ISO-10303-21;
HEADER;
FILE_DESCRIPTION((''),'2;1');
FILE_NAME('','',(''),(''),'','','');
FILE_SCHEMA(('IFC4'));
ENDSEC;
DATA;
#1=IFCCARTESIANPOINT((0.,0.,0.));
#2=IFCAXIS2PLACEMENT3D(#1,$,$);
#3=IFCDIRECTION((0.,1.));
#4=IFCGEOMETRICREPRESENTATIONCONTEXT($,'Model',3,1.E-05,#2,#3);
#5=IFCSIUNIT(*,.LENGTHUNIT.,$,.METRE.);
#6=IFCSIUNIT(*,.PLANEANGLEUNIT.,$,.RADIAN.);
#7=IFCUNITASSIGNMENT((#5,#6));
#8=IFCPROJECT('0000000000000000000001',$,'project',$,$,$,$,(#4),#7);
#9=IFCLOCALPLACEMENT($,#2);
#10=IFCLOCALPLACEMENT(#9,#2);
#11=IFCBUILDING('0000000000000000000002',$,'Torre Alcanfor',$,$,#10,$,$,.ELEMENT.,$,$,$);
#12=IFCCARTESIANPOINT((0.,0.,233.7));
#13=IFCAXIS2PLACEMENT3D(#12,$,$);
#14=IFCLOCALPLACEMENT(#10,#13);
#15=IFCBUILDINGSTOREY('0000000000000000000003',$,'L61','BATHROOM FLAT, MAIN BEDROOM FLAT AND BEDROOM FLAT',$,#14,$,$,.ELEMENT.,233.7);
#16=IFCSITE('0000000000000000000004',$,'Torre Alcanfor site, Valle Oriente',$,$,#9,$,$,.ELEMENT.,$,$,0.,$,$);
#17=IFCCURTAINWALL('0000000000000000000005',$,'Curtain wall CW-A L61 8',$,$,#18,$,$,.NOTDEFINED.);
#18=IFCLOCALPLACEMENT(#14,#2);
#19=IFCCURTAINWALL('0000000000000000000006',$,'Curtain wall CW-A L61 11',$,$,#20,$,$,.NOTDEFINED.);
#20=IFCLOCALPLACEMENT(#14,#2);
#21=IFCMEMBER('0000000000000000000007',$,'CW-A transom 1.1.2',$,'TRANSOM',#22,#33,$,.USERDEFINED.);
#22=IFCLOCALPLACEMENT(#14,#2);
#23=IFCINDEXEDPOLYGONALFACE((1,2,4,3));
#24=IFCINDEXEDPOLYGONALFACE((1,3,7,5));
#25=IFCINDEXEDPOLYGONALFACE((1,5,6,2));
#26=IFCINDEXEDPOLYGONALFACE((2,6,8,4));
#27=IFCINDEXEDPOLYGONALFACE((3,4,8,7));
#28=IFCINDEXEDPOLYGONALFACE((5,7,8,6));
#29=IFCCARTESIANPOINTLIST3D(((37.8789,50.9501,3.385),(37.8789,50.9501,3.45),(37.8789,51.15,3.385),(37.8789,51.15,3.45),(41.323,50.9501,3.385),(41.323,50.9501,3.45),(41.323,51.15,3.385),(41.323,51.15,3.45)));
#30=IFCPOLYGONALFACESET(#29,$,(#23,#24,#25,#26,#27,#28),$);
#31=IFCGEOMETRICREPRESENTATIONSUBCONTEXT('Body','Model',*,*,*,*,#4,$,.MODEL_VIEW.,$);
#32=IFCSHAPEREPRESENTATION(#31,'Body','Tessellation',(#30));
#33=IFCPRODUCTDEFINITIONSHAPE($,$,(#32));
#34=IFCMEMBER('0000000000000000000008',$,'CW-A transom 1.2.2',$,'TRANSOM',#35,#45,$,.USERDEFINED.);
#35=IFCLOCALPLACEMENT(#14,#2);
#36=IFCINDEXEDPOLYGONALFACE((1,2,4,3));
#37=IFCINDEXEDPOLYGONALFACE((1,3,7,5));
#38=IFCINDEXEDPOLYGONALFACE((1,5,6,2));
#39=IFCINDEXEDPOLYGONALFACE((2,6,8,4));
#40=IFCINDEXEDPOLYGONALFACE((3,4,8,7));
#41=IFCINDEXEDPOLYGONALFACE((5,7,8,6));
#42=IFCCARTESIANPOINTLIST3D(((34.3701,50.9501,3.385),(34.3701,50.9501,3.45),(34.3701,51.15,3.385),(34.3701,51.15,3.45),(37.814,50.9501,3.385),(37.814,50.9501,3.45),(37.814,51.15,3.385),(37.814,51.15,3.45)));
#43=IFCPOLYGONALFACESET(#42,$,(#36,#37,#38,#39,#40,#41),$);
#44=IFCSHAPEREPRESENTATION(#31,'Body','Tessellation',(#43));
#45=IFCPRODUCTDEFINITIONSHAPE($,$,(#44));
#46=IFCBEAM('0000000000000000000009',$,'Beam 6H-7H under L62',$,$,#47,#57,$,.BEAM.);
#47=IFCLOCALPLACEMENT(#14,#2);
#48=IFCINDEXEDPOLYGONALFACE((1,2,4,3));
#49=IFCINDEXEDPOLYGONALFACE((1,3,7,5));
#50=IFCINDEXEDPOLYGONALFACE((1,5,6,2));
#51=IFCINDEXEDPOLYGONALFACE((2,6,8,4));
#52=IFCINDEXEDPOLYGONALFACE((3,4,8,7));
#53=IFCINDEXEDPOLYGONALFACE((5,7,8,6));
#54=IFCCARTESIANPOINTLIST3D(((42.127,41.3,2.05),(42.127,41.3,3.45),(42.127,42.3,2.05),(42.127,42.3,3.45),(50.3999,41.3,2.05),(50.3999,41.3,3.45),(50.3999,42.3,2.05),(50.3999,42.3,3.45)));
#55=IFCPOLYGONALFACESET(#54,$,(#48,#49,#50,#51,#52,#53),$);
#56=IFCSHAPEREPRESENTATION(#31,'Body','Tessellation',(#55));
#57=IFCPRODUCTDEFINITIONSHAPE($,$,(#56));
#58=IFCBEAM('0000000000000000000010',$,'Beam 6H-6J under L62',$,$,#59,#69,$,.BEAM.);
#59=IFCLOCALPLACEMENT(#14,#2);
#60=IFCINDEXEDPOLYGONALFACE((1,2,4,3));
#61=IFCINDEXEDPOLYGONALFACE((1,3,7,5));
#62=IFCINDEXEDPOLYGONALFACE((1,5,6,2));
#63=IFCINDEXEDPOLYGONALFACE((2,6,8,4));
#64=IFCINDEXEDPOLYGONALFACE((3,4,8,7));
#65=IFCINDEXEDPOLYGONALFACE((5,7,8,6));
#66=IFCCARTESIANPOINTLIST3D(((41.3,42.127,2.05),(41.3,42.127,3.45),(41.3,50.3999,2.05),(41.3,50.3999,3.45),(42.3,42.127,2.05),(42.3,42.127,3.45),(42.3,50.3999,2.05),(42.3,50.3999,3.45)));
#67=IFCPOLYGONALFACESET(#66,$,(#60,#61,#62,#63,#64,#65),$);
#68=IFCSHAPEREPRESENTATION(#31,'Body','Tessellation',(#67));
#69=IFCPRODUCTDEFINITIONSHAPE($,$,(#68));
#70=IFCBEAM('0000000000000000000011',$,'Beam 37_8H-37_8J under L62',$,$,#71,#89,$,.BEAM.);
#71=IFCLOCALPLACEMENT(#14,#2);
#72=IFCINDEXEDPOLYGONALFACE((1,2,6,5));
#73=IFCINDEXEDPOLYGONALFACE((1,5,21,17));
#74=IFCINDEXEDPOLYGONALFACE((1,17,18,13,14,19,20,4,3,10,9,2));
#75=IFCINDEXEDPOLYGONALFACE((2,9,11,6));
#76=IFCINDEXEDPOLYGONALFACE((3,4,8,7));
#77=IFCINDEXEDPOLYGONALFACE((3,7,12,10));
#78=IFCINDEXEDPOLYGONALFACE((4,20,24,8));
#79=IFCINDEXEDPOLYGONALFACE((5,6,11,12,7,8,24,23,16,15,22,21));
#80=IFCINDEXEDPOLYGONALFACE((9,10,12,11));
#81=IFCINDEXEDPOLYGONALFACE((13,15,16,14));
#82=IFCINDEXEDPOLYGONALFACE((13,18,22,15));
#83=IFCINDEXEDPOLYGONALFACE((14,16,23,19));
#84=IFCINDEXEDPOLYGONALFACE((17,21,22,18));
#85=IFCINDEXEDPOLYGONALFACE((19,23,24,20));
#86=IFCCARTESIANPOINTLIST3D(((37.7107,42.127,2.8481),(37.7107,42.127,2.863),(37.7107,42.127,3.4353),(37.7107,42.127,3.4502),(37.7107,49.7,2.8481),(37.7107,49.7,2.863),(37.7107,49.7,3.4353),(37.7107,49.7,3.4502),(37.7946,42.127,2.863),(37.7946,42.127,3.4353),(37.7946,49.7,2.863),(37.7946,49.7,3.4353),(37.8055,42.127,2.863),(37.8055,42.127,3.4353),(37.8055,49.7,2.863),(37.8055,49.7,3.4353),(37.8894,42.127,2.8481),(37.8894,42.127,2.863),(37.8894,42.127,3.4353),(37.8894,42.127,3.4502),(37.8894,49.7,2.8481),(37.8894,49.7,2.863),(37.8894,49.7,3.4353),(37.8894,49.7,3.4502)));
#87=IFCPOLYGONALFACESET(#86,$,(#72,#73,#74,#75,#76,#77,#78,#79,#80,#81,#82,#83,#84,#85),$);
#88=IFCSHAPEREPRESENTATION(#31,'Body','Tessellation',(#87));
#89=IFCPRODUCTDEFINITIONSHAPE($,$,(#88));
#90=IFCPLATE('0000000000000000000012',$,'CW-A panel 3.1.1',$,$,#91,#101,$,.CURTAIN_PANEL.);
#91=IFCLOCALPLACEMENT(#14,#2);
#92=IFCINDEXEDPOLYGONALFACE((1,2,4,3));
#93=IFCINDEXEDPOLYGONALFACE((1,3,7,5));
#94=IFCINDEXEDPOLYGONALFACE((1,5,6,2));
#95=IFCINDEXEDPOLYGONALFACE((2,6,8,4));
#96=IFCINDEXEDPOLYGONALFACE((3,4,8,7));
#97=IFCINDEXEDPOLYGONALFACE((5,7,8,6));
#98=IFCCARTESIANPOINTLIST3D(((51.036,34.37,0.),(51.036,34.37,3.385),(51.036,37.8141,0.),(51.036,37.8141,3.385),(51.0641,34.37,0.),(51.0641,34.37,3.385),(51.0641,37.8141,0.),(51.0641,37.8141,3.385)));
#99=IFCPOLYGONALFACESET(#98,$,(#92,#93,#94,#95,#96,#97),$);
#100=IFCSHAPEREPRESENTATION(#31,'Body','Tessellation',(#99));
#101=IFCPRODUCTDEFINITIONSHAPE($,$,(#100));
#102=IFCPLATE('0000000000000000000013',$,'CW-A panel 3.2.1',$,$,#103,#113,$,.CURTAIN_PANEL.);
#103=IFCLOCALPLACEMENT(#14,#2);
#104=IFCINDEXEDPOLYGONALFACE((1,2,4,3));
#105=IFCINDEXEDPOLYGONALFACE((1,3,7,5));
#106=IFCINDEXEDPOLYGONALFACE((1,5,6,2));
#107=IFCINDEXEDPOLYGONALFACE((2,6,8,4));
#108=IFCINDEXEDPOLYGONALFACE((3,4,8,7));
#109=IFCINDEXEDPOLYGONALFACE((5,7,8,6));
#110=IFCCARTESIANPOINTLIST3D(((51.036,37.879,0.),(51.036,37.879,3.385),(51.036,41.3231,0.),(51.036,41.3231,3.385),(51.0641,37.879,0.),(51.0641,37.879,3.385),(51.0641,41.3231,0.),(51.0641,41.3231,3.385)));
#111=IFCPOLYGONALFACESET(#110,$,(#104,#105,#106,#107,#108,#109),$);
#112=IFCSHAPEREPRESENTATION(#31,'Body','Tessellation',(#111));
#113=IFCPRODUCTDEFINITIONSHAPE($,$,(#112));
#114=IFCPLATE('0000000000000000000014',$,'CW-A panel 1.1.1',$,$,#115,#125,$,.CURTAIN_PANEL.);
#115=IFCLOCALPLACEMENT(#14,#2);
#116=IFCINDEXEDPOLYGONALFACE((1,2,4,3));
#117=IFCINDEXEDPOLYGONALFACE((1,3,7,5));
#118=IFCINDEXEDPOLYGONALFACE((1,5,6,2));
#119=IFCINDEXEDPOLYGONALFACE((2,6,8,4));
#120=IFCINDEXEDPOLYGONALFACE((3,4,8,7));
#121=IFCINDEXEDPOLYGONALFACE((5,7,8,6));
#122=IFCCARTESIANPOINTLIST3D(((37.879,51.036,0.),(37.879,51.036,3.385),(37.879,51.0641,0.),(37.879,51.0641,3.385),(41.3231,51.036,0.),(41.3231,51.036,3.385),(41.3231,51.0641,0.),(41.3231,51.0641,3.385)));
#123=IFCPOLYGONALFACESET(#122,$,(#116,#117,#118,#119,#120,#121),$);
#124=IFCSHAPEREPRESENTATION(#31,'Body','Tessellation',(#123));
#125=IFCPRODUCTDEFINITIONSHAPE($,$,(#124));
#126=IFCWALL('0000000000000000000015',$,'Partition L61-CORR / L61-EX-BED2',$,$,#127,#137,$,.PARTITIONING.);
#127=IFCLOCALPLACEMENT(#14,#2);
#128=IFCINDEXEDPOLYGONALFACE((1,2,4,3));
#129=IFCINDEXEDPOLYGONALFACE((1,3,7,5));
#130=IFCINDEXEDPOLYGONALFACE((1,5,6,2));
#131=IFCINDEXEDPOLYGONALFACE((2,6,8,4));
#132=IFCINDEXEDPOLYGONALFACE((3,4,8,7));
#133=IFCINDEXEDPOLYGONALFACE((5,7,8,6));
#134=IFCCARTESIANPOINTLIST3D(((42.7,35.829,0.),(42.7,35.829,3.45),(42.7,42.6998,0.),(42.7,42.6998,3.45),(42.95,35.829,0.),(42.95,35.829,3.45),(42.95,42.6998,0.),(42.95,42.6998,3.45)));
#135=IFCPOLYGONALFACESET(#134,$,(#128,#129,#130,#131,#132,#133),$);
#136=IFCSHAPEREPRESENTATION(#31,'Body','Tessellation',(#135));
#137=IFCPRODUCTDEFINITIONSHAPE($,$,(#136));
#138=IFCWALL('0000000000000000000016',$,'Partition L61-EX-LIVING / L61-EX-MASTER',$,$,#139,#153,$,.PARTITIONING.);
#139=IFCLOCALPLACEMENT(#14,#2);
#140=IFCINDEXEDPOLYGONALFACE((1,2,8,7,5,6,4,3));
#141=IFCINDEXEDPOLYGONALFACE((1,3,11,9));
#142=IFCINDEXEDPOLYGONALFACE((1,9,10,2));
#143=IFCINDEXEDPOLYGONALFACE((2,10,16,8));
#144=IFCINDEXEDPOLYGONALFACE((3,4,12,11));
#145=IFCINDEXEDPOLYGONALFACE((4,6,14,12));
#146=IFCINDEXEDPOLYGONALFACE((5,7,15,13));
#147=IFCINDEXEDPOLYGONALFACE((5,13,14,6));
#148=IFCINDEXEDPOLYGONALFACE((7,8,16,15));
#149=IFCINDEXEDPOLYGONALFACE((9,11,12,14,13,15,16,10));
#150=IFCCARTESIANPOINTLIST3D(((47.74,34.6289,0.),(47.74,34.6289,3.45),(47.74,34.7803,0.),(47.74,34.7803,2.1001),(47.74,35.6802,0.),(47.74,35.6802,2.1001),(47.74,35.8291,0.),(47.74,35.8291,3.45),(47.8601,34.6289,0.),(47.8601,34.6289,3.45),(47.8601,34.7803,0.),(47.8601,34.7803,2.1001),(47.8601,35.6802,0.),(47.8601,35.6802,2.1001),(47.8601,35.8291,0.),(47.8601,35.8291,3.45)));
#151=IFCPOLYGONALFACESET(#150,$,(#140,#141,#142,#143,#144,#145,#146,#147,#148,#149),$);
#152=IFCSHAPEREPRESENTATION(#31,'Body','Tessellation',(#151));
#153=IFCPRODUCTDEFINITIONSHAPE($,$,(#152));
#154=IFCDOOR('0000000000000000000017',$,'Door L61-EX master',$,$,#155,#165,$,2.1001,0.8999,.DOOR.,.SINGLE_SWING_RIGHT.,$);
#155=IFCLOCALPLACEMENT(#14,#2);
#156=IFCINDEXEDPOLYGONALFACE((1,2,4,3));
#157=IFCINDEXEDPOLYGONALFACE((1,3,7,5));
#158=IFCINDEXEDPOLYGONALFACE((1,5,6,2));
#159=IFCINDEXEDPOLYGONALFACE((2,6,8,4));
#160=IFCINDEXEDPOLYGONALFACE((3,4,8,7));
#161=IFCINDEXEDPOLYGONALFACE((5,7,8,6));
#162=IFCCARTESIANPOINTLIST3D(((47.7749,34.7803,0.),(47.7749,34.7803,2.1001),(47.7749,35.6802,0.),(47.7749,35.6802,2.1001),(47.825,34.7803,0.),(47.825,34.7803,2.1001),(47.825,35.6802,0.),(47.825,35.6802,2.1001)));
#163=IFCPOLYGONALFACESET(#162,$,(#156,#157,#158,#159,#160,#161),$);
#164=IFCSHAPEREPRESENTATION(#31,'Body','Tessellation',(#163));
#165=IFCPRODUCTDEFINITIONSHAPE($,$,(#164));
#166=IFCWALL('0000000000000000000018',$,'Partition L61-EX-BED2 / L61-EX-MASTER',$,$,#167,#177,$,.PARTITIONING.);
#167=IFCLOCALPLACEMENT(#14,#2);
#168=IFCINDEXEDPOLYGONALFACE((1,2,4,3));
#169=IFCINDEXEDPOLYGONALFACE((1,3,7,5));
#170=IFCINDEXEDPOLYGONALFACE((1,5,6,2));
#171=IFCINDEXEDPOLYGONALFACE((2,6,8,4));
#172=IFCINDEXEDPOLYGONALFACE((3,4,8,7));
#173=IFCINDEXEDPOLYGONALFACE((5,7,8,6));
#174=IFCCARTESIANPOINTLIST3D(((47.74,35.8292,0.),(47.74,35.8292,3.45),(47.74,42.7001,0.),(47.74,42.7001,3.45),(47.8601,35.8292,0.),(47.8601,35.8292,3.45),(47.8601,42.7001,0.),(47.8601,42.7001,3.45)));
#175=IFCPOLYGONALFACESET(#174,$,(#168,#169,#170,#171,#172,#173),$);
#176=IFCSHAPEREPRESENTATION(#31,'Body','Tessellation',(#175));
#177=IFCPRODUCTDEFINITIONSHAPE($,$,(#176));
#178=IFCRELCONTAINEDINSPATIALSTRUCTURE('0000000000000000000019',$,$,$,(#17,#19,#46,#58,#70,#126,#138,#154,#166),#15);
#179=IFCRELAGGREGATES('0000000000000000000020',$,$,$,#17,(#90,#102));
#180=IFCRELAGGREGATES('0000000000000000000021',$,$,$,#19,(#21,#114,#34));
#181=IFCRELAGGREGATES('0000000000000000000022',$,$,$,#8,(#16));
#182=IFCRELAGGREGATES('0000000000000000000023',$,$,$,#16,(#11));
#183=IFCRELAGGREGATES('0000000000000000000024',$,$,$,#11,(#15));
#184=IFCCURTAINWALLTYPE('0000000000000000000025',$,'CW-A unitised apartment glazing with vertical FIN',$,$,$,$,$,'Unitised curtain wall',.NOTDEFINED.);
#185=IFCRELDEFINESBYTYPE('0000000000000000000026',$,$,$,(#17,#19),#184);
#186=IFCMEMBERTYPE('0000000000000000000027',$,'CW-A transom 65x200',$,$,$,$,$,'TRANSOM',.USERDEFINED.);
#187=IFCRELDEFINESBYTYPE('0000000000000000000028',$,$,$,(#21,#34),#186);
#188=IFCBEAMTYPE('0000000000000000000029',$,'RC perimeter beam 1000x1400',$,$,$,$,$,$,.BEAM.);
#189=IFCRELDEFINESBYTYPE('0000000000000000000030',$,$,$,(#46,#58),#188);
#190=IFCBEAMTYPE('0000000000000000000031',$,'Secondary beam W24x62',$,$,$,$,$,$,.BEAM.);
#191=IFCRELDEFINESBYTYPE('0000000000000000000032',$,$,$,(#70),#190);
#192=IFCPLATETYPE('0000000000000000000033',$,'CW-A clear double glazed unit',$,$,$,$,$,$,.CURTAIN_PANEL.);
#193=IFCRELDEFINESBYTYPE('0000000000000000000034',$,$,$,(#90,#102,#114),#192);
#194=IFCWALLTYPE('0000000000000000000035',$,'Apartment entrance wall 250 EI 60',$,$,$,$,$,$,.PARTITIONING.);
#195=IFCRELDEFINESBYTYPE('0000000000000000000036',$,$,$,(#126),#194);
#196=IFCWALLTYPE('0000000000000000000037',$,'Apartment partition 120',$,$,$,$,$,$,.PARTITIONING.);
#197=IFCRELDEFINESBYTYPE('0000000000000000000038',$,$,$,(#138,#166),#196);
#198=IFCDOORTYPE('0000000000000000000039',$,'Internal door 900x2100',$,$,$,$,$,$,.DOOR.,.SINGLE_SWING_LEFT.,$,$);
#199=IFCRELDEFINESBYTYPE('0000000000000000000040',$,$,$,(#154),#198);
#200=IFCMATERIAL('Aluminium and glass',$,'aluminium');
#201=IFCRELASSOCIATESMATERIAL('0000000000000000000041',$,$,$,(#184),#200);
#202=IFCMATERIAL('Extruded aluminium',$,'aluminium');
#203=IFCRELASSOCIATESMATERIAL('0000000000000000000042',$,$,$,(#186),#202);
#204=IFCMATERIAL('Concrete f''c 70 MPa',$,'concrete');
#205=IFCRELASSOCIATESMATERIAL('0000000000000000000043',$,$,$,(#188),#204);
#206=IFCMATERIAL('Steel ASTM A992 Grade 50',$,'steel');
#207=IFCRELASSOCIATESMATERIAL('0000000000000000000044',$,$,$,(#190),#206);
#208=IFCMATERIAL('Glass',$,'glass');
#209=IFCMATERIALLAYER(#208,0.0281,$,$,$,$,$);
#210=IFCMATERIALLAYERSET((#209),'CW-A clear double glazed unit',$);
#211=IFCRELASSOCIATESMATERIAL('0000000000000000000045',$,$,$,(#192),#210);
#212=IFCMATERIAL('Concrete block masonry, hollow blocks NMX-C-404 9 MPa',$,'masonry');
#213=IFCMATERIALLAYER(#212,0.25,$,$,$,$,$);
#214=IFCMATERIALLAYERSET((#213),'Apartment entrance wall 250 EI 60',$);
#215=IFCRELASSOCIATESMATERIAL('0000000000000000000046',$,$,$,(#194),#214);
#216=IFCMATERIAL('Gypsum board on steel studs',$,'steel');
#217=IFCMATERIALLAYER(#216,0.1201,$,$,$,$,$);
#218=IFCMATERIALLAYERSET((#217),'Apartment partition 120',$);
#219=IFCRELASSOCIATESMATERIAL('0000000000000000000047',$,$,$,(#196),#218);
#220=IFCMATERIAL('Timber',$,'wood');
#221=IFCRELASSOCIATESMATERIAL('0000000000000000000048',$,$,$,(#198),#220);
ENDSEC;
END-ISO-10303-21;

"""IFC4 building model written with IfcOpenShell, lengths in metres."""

from ifc_helpers import new_model, si_unit, direction, frame, frame_2d, origin, origin_2d, place, context, subcontext, project, spatial, rectangle, i_section, extrude, material, layer, layer_set, material_profile, profile_set, type_object, element, fill, aggregate, save


model = new_model("IFC4")

# Units and contexts
model_context = context("Model", 3, precision=1e-05, world=origin(), true_north=direction((0.0, 1.0)))
body_context = subcontext(model_context, "Body", "Model", "MODEL_VIEW")
ifc_project = project(units=[si_unit("LENGTHUNIT", "METRE"), si_unit("PLANEANGLEUNIT", "RADIAN")], contexts=[model_context])

# Site, building, storey
site_placement = place(None, origin())
site = spatial("IfcSite", under=ifc_project, at=site_placement, Name="Torre Alcanfor site, Valle Oriente", CompositionType="ELEMENT", RefElevation=0.0)
building_placement = place(site_placement, origin())
building = spatial("IfcBuilding", under=site, at=building_placement, Name="Torre Alcanfor", CompositionType="ELEMENT")
storey_placement = place(building_placement, frame((0.0, 0.0, 233.7)))
storey = spatial("IfcBuildingStorey", under=building, at=storey_placement, Name="L61", Description="BATHROOM FLAT, MAIN BEDROOM FLAT AND BEDROOM FLAT", CompositionType="ELEMENT", Elevation=233.7)

# Curtain walls
ifc_material_1 = material(Name="Aluminium and glass", Category="aluminium")
curtain_wall_type = type_object("IfcCurtainWallType", Name="CW-A unitised apartment glazing with vertical FIN", ElementType="Unitised curtain wall", PredefinedType="NOTDEFINED", material=ifc_material_1)
curtain_wall_1_placement = place(storey_placement, origin())
curtain_wall_1 = element("IfcCurtainWall", 1, at=curtain_wall_1_placement, inside=storey, type_object=curtain_wall_type, Name="Curtain wall CW-A L61 8", PredefinedType="NOTDEFINED")
curtain_wall_2_placement = place(storey_placement, origin())
curtain_wall_2 = element("IfcCurtainWall", 2, at=curtain_wall_2_placement, inside=storey, type_object=curtain_wall_type, Name="Curtain wall CW-A L61 11", PredefinedType="NOTDEFINED")

# Members
ifc_material_2 = material(Name="Extruded aluminium", Category="aluminium")
ifc_material_profile_1 = material_profile(ifc_material_2, rectangle(XDim=0.2, YDim=0.0649, at=origin_2d()), Name="CW-A transom 200x65")
ifc_profile_set_1 = profile_set([ifc_material_profile_1], Name="Extruded aluminium")
member_type_1 = type_object("IfcMemberType", Name="CW-A transom 65x200", ElementType="TRANSOM", PredefinedType="USERDEFINED", material=ifc_profile_set_1)
member_1_placement = place(storey_placement, frame((41.323, 51.05, 3.4175), z_axis=(-1.0, 0.0, 0.0), x_axis=(0.0, -1.0, 0.0)))
member_1 = element("IfcMember", 3, at=member_1_placement, type_object=member_type_1, Name="CW-A transom 1.1.2", ObjectType="TRANSOM", PredefinedType="USERDEFINED", context=body_context, shape_type="SweptSolid", body=[
    extrude(rectangle(XDim=0.2, YDim=0.0649, at=origin_2d()), origin(), (0.0, 0.0, 1.0), 3.4441),
])
member_2_placement = place(storey_placement, frame((37.814, 51.05, 3.4175), z_axis=(-1.0, 0.0, 0.0), x_axis=(0.0, -1.0, 0.0)))
member_2 = element("IfcMember", 4, at=member_2_placement, type_object=member_type_1, Name="CW-A transom 1.2.2", ObjectType="TRANSOM", PredefinedType="USERDEFINED", context=body_context, shape_type="SweptSolid", body=[
    extrude(rectangle(XDim=0.2, YDim=0.0649, at=origin_2d()), origin(), (0.0, 0.0, 1.0), 3.4438),
])

# Beams
ifc_material_3 = material(Name="Concrete f'c 70 MPa", Category="concrete")
ifc_material_profile_2 = material_profile(ifc_material_3, rectangle(XDim=1.0, YDim=1.3999, at=origin_2d()), Name="1000x1400")
ifc_profile_set_2 = profile_set([ifc_material_profile_2], Name="Concrete f'c 70 MPa")
beam_type_1 = type_object("IfcBeamType", Name="RC perimeter beam 1000x1400", PredefinedType="BEAM", material=ifc_profile_set_2)
for number, where, z_axis, x_axis, name in (
    (5, (42.127, 41.8, 2.75), (1.0, 0.0, 0.0), (0.0, 1.0, 0.0), "Beam 6H-7H under L62"),
    (6, (41.8, 42.127, 2.75), (0.0, 1.0, 0.0), (-1.0, 0.0, 0.0), "Beam 6H-6J under L62"),
):
    element("IfcBeam", number, at=place(storey_placement, frame(where, z_axis=z_axis, x_axis=x_axis)), inside=storey, type_object=beam_type_1, Name=name, PredefinedType="BEAM", context=body_context, shape_type="SweptSolid", body=[
        extrude(rectangle(XDim=1.0, YDim=1.3999, at=origin_2d()), origin(), (0.0, 0.0, 1.0), 8.2729),
    ])
ifc_material_4 = material(Name="Steel ASTM A992 Grade 50", Category="steel")
ifc_material_profile_3 = material_profile(ifc_material_4, i_section(OverallWidth=0.1787, OverallDepth=0.6021, WebThickness=0.011, FlangeThickness=0.0149, at=origin_2d()), Name="W24x62")
ifc_profile_set_3 = profile_set([ifc_material_profile_3], Name="Steel ASTM A992 Grade 50")
beam_type_2 = type_object("IfcBeamType", Name="Secondary beam W24x62", PredefinedType="BEAM", material=ifc_profile_set_3)
beam_placement = place(storey_placement, frame((37.8, 42.127, 3.1492), z_axis=(0.0, 1.0, 0.0), x_axis=(-1.0, 0.0, 0.0)))
element("IfcBeam", 7, at=beam_placement, inside=storey, type_object=beam_type_2, Name="Beam 37_8H-37_8J under L62", PredefinedType="BEAM", context=body_context, shape_type="SweptSolid", body=[
    extrude(i_section(OverallWidth=0.1787, OverallDepth=0.6021, WebThickness=0.011, FlangeThickness=0.0149, at=origin_2d()), origin(), (0.0, 0.0, 1.0), 7.573),
])

# Plates
ifc_material_5 = material(Name="Glass", Category="glass")
ifc_layer_1 = layer(ifc_material_5, 0.0281)
ifc_layer_set_1 = layer_set([ifc_layer_1], Name="CW-A clear double glazed unit")
plate_type = type_object("IfcPlateType", Name="CW-A clear double glazed unit", PredefinedType="CURTAIN_PANEL", material=ifc_layer_set_1)
plate_1_placement = place(storey_placement, frame((51.05, 36.092, 0.0), z_axis=(0.0, 0.0, 1.0), x_axis=(0.0, 1.0, 0.0)))
plate_1 = element("IfcPlate", 8, at=plate_1_placement, type_object=plate_type, Name="CW-A panel 3.1.1", PredefinedType="CURTAIN_PANEL", context=body_context, shape_type="SweptSolid", body=[
    extrude(rectangle(XDim=3.4441, YDim=0.0281, at=origin_2d()), origin(), (0.0, 0.0, 1.0), 3.385),
])
plate_2_placement = place(storey_placement, frame((51.05, 39.6011, 0.0), z_axis=(0.0, 0.0, 1.0), x_axis=(0.0, 1.0, 0.0)))
plate_2 = element("IfcPlate", 9, at=plate_2_placement, type_object=plate_type, Name="CW-A panel 3.2.1", PredefinedType="CURTAIN_PANEL", context=body_context, shape_type="SweptSolid", body=[
    extrude(rectangle(XDim=3.4441, YDim=0.0281, at=origin_2d()), origin(), (0.0, 0.0, 1.0), 3.385),
])
aggregate(curtain_wall_1, [plate_1, plate_2])
plate_3_placement = place(storey_placement, frame((39.6011, 51.05, 0.0), z_axis=(0.0, 0.0, 1.0), x_axis=(-1.0, 0.0, 0.0)))
plate_3 = element("IfcPlate", 10, at=plate_3_placement, type_object=plate_type, Name="CW-A panel 1.1.1", PredefinedType="CURTAIN_PANEL", context=body_context, shape_type="SweptSolid", body=[
    extrude(rectangle(XDim=3.4441, YDim=0.0281, at=origin_2d()), origin(), (0.0, 0.0, 1.0), 3.385),
])
aggregate(curtain_wall_2, [member_1, plate_3, member_2])

# Wall
ifc_material_6 = material(Name="Concrete block masonry, hollow blocks NMX-C-404 9 MPa", Category="masonry")
ifc_layer_2 = layer(ifc_material_6, 0.25)
ifc_layer_set_2 = layer_set([ifc_layer_2], Name="Apartment entrance wall 250 EI 60")
wall_type_1 = type_object("IfcWallType", Name="Apartment entrance wall 250 EI 60", PredefinedType="PARTITIONING", material=ifc_layer_set_2)
wall_1_placement = place(storey_placement, frame((42.825, 42.7, 0.0), z_axis=(0.0, 0.0, 1.0), x_axis=(0.0, -1.0, 0.0)))
element("IfcWall", 11, at=wall_1_placement, inside=storey, type_object=wall_type_1, Name="Partition L61-CORR / L61-EX-BED2", PredefinedType="PARTITIONING", context=body_context, shape_type="SweptSolid", body=[
    extrude(rectangle(XDim=6.8708, YDim=0.25, at=frame_2d((3.4355, 0.0))), origin(), (0.0, 0.0, 1.0), 3.45),
])

# Wall, opening, door
ifc_material_7 = material(Name="Gypsum board on steel studs", Category="steel")
ifc_layer_3 = layer(ifc_material_7, 0.1201)
ifc_layer_set_3 = layer_set([ifc_layer_3], Name="Apartment partition 120")
wall_type_2 = type_object("IfcWallType", Name="Apartment partition 120", PredefinedType="PARTITIONING", material=ifc_layer_set_3)
wall_2_placement = place(storey_placement, frame((47.8, 35.8291, 0.0), z_axis=(0.0, 0.0, 1.0), x_axis=(0.0, -1.0, 0.0)))
wall_2 = element("IfcWall", 12, at=wall_2_placement, inside=storey, type_object=wall_type_2, Name="Partition L61-EX-LIVING / L61-EX-MASTER", PredefinedType="PARTITIONING", context=body_context, shape_type="SweptSolid", body=[
    extrude(rectangle(XDim=1.2002, YDim=0.1201, at=frame_2d((0.6001, 0.0))), origin(), (0.0, 0.0, 1.0), 3.45),
])
opening_1_placement = place(wall_2_placement, frame((0.1489, 0.0, 0.0)))
opening_1 = element("IfcOpeningElement", 13, at=opening_1_placement, cuts=wall_2, PredefinedType="OPENING", context=body_context, shape_type="SweptSolid", body=[
    extrude(rectangle(XDim=0.8999, YDim=2.1001, at=frame_2d((0.45, 1.05))), frame((0.0, 0.0701, 0.0), z_axis=(0.0, -1.0, 0.0), x_axis=(1.0, 0.0, 0.0)), (0.0, 0.0, 1.0), 0.1401),
])
ifc_material_8 = material(Name="Timber", Category="wood")
door_type_1 = type_object("IfcDoorType", Name="Internal door 900x2100", OperationType="SINGLE_SWING_LEFT", PredefinedType="DOOR", material=ifc_material_8)
door_1_placement = place(opening_1_placement, origin())
door_1 = element("IfcDoor", 14, at=door_1_placement, inside=storey, type_object=door_type_1, Name="Door L61-EX master", OperationType="SINGLE_SWING_RIGHT", OverallHeight=2.1001, OverallWidth=0.8999, PredefinedType="DOOR", context=body_context, shape_type="SweptSolid", body=[
    extrude(rectangle(XDim=0.8999, YDim=2.1001, at=frame_2d((0.45, 1.05))), frame((0.0, 0.0249, 0.0), z_axis=(0.0, -1.0, 0.0), x_axis=(1.0, 0.0, 0.0)), (0.0, 0.0, 1.0), 0.05),
])
fill(opening_1, door_1)

# Wall
wall_3_placement = place(storey_placement, frame((47.8, 35.8291, 0.0), z_axis=(0.0, 0.0, 1.0), x_axis=(0.0, 1.0, 0.0)))
element("IfcWall", 15, at=wall_3_placement, inside=storey, type_object=wall_type_2, Name="Partition L61-EX-BED2 / L61-EX-MASTER", PredefinedType="PARTITIONING", context=body_context, shape_type="SweptSolid", body=[
    extrude(rectangle(XDim=6.8708, YDim=0.1201, at=frame_2d((3.4355, 0.0))), origin(), (0.0, 0.0, 1.0), 3.45),
])

save(model, "model.ifc")
